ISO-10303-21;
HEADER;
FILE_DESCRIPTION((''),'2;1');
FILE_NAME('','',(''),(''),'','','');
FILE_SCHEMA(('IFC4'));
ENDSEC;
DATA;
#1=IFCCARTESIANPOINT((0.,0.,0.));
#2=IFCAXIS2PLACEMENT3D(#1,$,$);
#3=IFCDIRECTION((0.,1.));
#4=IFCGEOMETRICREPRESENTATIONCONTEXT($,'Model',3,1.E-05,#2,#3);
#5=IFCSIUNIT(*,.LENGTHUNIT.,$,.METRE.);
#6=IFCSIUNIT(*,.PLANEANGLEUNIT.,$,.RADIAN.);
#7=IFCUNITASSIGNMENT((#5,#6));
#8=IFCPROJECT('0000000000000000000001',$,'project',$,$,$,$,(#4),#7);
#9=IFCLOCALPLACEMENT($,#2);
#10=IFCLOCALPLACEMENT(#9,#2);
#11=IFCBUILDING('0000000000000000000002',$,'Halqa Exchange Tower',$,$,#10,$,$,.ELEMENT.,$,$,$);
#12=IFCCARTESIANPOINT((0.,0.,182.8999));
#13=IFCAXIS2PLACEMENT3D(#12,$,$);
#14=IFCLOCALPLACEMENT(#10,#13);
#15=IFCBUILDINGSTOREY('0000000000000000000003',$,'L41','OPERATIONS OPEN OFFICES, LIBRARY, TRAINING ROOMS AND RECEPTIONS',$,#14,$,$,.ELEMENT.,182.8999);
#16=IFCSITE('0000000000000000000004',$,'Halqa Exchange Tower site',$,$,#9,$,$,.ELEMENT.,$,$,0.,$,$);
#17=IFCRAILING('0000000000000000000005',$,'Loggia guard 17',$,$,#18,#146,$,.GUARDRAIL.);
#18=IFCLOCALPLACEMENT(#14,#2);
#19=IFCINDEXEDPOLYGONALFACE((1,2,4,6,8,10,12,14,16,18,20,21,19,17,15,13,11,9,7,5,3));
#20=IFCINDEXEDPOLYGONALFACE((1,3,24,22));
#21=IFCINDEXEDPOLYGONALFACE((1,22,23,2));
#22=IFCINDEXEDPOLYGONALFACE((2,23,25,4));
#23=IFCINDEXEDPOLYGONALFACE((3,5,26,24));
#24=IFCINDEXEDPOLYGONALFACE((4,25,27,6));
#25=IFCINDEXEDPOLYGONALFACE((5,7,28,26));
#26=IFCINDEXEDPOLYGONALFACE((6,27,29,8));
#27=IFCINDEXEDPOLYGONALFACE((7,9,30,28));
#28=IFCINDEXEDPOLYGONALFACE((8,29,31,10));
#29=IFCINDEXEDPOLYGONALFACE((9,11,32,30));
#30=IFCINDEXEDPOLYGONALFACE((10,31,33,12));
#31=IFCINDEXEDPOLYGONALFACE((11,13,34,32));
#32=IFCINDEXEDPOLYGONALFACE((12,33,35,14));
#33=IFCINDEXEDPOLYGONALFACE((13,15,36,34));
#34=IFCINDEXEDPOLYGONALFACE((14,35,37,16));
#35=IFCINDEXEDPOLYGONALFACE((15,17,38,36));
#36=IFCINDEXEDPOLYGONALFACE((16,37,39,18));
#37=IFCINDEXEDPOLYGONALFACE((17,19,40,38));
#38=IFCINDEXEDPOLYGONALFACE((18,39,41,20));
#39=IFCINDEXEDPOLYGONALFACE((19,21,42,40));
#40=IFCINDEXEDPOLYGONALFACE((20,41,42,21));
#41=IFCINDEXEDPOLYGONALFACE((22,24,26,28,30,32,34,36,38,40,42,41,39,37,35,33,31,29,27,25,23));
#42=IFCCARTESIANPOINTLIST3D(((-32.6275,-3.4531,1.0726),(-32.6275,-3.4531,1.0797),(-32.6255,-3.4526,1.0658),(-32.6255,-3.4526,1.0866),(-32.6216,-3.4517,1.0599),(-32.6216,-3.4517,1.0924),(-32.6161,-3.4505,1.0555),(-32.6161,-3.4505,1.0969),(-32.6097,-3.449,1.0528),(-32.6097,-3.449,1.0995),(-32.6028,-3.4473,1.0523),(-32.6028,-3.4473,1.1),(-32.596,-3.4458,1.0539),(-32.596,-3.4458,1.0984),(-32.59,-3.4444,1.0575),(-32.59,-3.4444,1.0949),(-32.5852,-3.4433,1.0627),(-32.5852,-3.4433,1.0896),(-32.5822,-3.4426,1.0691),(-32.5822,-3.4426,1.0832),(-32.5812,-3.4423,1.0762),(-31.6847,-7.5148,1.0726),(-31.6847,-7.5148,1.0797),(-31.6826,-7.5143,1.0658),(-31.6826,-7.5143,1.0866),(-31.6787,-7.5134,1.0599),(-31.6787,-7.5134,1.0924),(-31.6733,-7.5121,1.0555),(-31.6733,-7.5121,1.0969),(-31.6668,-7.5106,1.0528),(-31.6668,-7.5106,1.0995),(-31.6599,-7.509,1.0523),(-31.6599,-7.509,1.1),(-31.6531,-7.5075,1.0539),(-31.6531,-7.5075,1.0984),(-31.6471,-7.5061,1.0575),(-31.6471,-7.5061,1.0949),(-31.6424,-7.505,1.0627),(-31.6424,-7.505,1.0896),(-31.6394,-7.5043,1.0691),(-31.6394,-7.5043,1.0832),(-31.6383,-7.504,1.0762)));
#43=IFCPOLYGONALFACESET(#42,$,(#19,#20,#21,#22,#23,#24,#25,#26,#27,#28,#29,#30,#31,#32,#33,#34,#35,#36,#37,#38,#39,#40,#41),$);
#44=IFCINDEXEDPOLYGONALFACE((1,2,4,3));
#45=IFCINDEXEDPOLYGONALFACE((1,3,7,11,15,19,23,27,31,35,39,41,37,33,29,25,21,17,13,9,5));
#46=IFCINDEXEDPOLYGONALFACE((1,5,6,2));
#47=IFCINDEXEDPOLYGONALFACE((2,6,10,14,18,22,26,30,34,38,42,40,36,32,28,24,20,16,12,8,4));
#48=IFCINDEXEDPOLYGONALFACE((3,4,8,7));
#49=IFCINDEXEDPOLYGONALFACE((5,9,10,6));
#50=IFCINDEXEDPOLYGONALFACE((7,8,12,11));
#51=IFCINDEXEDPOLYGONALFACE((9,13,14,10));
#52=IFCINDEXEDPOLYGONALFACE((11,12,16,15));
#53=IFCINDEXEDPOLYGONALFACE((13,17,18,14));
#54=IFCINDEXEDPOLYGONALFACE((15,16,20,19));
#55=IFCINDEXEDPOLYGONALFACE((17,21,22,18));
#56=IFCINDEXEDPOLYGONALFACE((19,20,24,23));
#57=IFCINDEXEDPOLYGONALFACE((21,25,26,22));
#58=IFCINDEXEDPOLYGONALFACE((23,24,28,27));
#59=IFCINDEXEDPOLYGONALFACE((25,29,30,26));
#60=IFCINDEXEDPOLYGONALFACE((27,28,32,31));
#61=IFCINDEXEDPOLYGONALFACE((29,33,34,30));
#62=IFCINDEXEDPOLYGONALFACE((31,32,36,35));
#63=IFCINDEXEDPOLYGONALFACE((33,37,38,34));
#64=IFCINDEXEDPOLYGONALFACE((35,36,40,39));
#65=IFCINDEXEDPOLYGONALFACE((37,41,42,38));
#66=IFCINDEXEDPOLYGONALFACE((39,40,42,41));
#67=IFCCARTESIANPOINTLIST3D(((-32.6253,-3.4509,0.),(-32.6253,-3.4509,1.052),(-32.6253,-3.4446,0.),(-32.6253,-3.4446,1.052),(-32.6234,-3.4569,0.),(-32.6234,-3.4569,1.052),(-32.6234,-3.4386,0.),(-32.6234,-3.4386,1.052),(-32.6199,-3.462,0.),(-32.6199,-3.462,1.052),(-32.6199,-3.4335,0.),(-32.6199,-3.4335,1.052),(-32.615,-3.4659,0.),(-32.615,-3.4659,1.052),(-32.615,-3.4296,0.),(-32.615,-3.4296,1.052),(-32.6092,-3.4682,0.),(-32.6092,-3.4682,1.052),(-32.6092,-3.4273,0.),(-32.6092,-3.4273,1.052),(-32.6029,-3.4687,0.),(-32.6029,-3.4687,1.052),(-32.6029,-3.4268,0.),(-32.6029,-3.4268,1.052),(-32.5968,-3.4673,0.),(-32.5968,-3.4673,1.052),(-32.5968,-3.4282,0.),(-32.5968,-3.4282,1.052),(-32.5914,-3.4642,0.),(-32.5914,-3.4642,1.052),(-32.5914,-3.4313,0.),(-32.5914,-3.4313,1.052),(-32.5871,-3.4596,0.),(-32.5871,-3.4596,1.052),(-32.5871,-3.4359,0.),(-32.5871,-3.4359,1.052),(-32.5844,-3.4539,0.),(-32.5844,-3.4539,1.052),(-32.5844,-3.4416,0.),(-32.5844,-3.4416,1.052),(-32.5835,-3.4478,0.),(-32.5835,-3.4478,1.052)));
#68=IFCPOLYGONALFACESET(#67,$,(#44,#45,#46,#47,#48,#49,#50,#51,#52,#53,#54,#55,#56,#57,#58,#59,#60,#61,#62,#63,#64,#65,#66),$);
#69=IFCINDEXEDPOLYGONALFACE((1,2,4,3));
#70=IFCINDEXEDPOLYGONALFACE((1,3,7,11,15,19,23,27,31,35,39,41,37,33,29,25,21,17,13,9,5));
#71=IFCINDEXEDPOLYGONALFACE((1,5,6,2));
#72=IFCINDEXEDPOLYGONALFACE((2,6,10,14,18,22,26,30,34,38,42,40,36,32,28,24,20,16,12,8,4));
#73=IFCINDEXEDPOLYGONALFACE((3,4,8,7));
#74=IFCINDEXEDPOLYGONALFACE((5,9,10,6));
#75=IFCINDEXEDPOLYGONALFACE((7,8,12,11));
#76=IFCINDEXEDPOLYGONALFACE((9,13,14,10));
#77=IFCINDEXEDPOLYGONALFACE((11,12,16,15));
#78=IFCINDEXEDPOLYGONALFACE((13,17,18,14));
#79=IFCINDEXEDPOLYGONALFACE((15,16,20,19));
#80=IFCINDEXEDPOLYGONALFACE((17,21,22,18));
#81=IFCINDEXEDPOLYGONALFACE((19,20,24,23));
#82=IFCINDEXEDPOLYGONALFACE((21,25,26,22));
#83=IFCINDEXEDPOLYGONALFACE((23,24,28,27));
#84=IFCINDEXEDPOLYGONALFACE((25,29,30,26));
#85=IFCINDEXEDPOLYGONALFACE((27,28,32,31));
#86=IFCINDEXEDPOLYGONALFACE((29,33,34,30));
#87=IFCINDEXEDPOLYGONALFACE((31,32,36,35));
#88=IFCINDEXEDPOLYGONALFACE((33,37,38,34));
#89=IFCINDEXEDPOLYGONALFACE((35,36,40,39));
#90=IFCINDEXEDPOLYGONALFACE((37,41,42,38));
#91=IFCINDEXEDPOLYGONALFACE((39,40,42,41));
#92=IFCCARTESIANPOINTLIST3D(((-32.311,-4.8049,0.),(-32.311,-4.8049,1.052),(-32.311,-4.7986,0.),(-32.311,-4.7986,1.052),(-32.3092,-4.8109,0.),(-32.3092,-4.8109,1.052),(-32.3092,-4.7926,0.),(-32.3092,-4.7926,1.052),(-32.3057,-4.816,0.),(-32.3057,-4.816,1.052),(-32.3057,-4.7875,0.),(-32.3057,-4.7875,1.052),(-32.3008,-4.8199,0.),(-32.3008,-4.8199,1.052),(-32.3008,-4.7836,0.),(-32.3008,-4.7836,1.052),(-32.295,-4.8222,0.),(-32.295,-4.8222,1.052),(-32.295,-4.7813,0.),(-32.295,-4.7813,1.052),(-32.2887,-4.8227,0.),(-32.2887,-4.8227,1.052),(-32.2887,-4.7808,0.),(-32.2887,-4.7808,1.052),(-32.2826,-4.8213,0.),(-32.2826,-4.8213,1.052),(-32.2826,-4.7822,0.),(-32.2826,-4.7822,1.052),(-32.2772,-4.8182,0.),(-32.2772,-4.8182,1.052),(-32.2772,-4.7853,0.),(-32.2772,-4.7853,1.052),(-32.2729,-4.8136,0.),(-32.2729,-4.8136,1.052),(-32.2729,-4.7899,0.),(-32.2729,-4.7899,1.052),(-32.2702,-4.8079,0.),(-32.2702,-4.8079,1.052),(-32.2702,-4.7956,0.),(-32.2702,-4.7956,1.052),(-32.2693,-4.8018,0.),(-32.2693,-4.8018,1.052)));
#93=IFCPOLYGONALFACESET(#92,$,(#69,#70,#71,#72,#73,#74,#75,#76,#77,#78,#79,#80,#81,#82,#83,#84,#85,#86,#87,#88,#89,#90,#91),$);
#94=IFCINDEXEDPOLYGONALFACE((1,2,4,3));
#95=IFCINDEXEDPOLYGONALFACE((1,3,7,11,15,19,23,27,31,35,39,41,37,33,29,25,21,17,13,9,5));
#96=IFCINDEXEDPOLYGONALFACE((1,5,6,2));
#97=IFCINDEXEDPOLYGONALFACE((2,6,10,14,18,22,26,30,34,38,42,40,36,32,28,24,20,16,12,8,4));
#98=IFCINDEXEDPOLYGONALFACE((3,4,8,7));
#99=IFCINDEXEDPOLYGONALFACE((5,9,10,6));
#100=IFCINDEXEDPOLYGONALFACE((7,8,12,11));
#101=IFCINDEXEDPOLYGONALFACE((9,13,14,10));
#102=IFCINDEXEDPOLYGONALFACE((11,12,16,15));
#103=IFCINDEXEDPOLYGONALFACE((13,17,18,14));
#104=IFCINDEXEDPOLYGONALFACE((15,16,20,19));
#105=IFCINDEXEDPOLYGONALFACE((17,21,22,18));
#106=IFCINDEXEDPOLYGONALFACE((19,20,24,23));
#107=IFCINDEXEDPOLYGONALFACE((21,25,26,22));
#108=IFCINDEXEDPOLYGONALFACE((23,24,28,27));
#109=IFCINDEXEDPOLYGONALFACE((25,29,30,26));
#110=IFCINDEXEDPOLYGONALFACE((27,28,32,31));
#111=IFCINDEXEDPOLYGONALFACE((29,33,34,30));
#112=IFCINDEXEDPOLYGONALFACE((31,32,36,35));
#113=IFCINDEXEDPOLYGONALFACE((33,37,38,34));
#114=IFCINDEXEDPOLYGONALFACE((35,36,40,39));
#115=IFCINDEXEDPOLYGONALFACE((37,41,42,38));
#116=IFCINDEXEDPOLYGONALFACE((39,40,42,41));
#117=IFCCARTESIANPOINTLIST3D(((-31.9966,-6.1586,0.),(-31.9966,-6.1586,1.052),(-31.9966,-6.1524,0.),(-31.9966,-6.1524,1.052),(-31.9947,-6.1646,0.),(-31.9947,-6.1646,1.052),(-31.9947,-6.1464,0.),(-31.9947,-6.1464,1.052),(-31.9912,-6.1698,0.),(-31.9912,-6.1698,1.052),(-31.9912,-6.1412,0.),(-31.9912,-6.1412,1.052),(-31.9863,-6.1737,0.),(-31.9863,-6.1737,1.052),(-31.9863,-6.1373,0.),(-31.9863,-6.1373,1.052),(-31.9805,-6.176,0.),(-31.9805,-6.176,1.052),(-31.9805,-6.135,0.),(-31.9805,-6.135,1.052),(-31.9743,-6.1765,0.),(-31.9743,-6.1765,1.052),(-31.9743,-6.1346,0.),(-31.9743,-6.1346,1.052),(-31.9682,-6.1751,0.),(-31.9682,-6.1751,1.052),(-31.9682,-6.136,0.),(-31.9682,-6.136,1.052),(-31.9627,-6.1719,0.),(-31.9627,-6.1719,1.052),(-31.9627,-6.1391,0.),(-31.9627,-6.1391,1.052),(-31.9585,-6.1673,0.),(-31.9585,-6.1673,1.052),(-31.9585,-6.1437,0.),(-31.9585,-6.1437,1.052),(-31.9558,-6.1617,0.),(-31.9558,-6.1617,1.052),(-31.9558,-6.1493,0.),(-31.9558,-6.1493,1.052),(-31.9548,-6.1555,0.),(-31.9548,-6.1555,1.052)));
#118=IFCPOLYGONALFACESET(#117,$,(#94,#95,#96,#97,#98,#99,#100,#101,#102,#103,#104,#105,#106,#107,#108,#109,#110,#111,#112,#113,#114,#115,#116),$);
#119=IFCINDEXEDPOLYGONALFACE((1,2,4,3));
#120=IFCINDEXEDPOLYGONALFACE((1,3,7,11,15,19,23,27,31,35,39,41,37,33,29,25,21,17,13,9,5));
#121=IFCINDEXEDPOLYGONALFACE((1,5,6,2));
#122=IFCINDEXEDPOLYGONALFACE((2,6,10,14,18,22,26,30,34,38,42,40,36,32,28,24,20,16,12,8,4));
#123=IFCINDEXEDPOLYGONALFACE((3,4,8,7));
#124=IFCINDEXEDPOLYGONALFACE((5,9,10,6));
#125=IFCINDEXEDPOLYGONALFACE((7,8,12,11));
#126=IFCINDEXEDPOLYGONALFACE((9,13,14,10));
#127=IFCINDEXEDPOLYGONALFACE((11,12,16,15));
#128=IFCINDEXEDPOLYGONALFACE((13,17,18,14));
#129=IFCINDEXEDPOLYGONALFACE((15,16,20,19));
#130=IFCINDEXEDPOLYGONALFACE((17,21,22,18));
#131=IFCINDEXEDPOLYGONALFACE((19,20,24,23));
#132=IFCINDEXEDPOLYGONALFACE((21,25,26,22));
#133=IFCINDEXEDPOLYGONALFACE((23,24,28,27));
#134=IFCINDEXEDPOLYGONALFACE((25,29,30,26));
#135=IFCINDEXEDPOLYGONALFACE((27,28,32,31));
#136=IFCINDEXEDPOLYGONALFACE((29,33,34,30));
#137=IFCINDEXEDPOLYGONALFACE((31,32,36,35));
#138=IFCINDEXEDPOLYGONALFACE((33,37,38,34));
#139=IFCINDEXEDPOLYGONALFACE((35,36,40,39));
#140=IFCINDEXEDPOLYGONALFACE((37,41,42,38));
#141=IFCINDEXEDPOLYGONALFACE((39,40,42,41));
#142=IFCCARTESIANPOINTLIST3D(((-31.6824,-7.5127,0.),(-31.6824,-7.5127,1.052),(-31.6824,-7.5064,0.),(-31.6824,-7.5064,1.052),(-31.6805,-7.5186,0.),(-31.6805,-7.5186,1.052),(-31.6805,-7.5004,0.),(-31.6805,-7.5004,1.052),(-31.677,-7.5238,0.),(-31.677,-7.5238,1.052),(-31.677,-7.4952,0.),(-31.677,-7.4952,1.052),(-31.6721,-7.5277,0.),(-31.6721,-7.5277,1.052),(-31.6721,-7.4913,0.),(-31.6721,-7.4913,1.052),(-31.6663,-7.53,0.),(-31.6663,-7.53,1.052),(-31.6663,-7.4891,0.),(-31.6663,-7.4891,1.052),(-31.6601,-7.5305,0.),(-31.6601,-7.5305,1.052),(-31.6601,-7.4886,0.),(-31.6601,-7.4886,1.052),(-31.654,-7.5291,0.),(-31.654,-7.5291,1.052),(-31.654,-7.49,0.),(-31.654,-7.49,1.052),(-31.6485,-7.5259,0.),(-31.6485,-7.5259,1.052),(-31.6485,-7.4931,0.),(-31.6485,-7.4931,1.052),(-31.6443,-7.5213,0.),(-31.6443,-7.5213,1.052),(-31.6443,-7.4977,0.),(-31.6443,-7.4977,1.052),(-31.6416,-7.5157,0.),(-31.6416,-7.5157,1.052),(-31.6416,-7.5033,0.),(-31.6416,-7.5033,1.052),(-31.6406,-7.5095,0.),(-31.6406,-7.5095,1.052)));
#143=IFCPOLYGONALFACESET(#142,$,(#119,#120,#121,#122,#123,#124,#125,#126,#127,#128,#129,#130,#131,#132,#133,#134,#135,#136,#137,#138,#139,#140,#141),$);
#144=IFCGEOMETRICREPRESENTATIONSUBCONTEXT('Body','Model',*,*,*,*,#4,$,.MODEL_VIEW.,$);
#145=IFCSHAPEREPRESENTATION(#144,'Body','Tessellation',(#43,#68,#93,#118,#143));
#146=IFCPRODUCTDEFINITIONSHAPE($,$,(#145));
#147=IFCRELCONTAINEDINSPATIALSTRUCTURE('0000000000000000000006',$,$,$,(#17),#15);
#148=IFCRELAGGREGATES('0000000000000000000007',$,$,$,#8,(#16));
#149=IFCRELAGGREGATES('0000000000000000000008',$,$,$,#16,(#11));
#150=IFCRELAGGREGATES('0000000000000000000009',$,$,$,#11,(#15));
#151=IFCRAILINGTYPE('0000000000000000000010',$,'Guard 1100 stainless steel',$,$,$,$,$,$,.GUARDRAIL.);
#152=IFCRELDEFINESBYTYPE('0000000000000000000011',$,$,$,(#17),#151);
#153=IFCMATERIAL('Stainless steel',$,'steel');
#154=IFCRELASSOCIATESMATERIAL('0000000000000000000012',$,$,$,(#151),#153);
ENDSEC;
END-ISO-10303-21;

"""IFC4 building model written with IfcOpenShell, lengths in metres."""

from ifc_helpers import new_model, si_unit, direction, frame, origin, origin_2d, place, context, subcontext, project, spatial, circle, extrude, material, type_object, element, save


model = new_model("IFC4")

# Units and contexts
model_context = context("Model", 3, precision=1e-05, world=origin(), true_north=direction((0.0, 1.0)))
body_context = subcontext(model_context, "Body", "Model", "MODEL_VIEW")
ifc_project = project(units=[si_unit("LENGTHUNIT", "METRE"), si_unit("PLANEANGLEUNIT", "RADIAN")], contexts=[model_context])

# Site, building, storey
site_placement = place(None, origin())
site = spatial("IfcSite", under=ifc_project, at=site_placement, Name="Halqa Exchange Tower site", CompositionType="ELEMENT", RefElevation=0.0)
building_placement = place(site_placement, origin())
building = spatial("IfcBuilding", under=site, at=building_placement, Name="Halqa Exchange Tower", CompositionType="ELEMENT")
storey_placement = place(building_placement, frame((0.0, 0.0, 182.8999)))
storey = spatial("IfcBuildingStorey", under=building, at=storey_placement, Name="L41", Description="OPERATIONS OPEN OFFICES, LIBRARY, TRAINING ROOMS AND RECEPTIONS", CompositionType="ELEMENT", Elevation=182.8999)

# Railing
ifc_material_1 = material(Name="Stainless steel", Category="steel")
railing_type = type_object("IfcRailingType", Name="Guard 1100 stainless steel", PredefinedType="GUARDRAIL", material=ifc_material_1)
railing_1_placement = place(storey_placement, frame((-32.6045, -3.4478, 0.0)))
element("IfcRailing", 1, at=railing_1_placement, inside=storey, type_object=railing_type, Name="Loggia guard 17", PredefinedType="GUARDRAIL", context=body_context, shape_type="SweptSolid", body=[
    extrude(circle(Radius=0.0239, at=origin_2d()), frame((0.0, 0.0, 1.0762), z_axis=(0.226121, -0.974099, 0.0), x_axis=(0.974099, 0.226121, 0.0)), (0.0, 0.0, 1.0), 4.1697),
    extrude(circle(Radius=0.021, at=origin_2d()), origin(), (0.0, 0.0, 1.0), 1.052),
    extrude(circle(Radius=0.021, at=origin_2d()), frame((0.3142, -1.354, 0.0)), (0.0, 0.0, 1.0), 1.052),
    extrude(circle(Radius=0.021, at=origin_2d()), frame((0.6287, -2.7078, 0.0)), (0.0, 0.0, 1.0), 1.052),
    extrude(circle(Radius=0.021, at=origin_2d()), frame((0.9429, -4.0618, 0.0)), (0.0, 0.0, 1.0), 1.052),
])

save(model, "model.ifc")
